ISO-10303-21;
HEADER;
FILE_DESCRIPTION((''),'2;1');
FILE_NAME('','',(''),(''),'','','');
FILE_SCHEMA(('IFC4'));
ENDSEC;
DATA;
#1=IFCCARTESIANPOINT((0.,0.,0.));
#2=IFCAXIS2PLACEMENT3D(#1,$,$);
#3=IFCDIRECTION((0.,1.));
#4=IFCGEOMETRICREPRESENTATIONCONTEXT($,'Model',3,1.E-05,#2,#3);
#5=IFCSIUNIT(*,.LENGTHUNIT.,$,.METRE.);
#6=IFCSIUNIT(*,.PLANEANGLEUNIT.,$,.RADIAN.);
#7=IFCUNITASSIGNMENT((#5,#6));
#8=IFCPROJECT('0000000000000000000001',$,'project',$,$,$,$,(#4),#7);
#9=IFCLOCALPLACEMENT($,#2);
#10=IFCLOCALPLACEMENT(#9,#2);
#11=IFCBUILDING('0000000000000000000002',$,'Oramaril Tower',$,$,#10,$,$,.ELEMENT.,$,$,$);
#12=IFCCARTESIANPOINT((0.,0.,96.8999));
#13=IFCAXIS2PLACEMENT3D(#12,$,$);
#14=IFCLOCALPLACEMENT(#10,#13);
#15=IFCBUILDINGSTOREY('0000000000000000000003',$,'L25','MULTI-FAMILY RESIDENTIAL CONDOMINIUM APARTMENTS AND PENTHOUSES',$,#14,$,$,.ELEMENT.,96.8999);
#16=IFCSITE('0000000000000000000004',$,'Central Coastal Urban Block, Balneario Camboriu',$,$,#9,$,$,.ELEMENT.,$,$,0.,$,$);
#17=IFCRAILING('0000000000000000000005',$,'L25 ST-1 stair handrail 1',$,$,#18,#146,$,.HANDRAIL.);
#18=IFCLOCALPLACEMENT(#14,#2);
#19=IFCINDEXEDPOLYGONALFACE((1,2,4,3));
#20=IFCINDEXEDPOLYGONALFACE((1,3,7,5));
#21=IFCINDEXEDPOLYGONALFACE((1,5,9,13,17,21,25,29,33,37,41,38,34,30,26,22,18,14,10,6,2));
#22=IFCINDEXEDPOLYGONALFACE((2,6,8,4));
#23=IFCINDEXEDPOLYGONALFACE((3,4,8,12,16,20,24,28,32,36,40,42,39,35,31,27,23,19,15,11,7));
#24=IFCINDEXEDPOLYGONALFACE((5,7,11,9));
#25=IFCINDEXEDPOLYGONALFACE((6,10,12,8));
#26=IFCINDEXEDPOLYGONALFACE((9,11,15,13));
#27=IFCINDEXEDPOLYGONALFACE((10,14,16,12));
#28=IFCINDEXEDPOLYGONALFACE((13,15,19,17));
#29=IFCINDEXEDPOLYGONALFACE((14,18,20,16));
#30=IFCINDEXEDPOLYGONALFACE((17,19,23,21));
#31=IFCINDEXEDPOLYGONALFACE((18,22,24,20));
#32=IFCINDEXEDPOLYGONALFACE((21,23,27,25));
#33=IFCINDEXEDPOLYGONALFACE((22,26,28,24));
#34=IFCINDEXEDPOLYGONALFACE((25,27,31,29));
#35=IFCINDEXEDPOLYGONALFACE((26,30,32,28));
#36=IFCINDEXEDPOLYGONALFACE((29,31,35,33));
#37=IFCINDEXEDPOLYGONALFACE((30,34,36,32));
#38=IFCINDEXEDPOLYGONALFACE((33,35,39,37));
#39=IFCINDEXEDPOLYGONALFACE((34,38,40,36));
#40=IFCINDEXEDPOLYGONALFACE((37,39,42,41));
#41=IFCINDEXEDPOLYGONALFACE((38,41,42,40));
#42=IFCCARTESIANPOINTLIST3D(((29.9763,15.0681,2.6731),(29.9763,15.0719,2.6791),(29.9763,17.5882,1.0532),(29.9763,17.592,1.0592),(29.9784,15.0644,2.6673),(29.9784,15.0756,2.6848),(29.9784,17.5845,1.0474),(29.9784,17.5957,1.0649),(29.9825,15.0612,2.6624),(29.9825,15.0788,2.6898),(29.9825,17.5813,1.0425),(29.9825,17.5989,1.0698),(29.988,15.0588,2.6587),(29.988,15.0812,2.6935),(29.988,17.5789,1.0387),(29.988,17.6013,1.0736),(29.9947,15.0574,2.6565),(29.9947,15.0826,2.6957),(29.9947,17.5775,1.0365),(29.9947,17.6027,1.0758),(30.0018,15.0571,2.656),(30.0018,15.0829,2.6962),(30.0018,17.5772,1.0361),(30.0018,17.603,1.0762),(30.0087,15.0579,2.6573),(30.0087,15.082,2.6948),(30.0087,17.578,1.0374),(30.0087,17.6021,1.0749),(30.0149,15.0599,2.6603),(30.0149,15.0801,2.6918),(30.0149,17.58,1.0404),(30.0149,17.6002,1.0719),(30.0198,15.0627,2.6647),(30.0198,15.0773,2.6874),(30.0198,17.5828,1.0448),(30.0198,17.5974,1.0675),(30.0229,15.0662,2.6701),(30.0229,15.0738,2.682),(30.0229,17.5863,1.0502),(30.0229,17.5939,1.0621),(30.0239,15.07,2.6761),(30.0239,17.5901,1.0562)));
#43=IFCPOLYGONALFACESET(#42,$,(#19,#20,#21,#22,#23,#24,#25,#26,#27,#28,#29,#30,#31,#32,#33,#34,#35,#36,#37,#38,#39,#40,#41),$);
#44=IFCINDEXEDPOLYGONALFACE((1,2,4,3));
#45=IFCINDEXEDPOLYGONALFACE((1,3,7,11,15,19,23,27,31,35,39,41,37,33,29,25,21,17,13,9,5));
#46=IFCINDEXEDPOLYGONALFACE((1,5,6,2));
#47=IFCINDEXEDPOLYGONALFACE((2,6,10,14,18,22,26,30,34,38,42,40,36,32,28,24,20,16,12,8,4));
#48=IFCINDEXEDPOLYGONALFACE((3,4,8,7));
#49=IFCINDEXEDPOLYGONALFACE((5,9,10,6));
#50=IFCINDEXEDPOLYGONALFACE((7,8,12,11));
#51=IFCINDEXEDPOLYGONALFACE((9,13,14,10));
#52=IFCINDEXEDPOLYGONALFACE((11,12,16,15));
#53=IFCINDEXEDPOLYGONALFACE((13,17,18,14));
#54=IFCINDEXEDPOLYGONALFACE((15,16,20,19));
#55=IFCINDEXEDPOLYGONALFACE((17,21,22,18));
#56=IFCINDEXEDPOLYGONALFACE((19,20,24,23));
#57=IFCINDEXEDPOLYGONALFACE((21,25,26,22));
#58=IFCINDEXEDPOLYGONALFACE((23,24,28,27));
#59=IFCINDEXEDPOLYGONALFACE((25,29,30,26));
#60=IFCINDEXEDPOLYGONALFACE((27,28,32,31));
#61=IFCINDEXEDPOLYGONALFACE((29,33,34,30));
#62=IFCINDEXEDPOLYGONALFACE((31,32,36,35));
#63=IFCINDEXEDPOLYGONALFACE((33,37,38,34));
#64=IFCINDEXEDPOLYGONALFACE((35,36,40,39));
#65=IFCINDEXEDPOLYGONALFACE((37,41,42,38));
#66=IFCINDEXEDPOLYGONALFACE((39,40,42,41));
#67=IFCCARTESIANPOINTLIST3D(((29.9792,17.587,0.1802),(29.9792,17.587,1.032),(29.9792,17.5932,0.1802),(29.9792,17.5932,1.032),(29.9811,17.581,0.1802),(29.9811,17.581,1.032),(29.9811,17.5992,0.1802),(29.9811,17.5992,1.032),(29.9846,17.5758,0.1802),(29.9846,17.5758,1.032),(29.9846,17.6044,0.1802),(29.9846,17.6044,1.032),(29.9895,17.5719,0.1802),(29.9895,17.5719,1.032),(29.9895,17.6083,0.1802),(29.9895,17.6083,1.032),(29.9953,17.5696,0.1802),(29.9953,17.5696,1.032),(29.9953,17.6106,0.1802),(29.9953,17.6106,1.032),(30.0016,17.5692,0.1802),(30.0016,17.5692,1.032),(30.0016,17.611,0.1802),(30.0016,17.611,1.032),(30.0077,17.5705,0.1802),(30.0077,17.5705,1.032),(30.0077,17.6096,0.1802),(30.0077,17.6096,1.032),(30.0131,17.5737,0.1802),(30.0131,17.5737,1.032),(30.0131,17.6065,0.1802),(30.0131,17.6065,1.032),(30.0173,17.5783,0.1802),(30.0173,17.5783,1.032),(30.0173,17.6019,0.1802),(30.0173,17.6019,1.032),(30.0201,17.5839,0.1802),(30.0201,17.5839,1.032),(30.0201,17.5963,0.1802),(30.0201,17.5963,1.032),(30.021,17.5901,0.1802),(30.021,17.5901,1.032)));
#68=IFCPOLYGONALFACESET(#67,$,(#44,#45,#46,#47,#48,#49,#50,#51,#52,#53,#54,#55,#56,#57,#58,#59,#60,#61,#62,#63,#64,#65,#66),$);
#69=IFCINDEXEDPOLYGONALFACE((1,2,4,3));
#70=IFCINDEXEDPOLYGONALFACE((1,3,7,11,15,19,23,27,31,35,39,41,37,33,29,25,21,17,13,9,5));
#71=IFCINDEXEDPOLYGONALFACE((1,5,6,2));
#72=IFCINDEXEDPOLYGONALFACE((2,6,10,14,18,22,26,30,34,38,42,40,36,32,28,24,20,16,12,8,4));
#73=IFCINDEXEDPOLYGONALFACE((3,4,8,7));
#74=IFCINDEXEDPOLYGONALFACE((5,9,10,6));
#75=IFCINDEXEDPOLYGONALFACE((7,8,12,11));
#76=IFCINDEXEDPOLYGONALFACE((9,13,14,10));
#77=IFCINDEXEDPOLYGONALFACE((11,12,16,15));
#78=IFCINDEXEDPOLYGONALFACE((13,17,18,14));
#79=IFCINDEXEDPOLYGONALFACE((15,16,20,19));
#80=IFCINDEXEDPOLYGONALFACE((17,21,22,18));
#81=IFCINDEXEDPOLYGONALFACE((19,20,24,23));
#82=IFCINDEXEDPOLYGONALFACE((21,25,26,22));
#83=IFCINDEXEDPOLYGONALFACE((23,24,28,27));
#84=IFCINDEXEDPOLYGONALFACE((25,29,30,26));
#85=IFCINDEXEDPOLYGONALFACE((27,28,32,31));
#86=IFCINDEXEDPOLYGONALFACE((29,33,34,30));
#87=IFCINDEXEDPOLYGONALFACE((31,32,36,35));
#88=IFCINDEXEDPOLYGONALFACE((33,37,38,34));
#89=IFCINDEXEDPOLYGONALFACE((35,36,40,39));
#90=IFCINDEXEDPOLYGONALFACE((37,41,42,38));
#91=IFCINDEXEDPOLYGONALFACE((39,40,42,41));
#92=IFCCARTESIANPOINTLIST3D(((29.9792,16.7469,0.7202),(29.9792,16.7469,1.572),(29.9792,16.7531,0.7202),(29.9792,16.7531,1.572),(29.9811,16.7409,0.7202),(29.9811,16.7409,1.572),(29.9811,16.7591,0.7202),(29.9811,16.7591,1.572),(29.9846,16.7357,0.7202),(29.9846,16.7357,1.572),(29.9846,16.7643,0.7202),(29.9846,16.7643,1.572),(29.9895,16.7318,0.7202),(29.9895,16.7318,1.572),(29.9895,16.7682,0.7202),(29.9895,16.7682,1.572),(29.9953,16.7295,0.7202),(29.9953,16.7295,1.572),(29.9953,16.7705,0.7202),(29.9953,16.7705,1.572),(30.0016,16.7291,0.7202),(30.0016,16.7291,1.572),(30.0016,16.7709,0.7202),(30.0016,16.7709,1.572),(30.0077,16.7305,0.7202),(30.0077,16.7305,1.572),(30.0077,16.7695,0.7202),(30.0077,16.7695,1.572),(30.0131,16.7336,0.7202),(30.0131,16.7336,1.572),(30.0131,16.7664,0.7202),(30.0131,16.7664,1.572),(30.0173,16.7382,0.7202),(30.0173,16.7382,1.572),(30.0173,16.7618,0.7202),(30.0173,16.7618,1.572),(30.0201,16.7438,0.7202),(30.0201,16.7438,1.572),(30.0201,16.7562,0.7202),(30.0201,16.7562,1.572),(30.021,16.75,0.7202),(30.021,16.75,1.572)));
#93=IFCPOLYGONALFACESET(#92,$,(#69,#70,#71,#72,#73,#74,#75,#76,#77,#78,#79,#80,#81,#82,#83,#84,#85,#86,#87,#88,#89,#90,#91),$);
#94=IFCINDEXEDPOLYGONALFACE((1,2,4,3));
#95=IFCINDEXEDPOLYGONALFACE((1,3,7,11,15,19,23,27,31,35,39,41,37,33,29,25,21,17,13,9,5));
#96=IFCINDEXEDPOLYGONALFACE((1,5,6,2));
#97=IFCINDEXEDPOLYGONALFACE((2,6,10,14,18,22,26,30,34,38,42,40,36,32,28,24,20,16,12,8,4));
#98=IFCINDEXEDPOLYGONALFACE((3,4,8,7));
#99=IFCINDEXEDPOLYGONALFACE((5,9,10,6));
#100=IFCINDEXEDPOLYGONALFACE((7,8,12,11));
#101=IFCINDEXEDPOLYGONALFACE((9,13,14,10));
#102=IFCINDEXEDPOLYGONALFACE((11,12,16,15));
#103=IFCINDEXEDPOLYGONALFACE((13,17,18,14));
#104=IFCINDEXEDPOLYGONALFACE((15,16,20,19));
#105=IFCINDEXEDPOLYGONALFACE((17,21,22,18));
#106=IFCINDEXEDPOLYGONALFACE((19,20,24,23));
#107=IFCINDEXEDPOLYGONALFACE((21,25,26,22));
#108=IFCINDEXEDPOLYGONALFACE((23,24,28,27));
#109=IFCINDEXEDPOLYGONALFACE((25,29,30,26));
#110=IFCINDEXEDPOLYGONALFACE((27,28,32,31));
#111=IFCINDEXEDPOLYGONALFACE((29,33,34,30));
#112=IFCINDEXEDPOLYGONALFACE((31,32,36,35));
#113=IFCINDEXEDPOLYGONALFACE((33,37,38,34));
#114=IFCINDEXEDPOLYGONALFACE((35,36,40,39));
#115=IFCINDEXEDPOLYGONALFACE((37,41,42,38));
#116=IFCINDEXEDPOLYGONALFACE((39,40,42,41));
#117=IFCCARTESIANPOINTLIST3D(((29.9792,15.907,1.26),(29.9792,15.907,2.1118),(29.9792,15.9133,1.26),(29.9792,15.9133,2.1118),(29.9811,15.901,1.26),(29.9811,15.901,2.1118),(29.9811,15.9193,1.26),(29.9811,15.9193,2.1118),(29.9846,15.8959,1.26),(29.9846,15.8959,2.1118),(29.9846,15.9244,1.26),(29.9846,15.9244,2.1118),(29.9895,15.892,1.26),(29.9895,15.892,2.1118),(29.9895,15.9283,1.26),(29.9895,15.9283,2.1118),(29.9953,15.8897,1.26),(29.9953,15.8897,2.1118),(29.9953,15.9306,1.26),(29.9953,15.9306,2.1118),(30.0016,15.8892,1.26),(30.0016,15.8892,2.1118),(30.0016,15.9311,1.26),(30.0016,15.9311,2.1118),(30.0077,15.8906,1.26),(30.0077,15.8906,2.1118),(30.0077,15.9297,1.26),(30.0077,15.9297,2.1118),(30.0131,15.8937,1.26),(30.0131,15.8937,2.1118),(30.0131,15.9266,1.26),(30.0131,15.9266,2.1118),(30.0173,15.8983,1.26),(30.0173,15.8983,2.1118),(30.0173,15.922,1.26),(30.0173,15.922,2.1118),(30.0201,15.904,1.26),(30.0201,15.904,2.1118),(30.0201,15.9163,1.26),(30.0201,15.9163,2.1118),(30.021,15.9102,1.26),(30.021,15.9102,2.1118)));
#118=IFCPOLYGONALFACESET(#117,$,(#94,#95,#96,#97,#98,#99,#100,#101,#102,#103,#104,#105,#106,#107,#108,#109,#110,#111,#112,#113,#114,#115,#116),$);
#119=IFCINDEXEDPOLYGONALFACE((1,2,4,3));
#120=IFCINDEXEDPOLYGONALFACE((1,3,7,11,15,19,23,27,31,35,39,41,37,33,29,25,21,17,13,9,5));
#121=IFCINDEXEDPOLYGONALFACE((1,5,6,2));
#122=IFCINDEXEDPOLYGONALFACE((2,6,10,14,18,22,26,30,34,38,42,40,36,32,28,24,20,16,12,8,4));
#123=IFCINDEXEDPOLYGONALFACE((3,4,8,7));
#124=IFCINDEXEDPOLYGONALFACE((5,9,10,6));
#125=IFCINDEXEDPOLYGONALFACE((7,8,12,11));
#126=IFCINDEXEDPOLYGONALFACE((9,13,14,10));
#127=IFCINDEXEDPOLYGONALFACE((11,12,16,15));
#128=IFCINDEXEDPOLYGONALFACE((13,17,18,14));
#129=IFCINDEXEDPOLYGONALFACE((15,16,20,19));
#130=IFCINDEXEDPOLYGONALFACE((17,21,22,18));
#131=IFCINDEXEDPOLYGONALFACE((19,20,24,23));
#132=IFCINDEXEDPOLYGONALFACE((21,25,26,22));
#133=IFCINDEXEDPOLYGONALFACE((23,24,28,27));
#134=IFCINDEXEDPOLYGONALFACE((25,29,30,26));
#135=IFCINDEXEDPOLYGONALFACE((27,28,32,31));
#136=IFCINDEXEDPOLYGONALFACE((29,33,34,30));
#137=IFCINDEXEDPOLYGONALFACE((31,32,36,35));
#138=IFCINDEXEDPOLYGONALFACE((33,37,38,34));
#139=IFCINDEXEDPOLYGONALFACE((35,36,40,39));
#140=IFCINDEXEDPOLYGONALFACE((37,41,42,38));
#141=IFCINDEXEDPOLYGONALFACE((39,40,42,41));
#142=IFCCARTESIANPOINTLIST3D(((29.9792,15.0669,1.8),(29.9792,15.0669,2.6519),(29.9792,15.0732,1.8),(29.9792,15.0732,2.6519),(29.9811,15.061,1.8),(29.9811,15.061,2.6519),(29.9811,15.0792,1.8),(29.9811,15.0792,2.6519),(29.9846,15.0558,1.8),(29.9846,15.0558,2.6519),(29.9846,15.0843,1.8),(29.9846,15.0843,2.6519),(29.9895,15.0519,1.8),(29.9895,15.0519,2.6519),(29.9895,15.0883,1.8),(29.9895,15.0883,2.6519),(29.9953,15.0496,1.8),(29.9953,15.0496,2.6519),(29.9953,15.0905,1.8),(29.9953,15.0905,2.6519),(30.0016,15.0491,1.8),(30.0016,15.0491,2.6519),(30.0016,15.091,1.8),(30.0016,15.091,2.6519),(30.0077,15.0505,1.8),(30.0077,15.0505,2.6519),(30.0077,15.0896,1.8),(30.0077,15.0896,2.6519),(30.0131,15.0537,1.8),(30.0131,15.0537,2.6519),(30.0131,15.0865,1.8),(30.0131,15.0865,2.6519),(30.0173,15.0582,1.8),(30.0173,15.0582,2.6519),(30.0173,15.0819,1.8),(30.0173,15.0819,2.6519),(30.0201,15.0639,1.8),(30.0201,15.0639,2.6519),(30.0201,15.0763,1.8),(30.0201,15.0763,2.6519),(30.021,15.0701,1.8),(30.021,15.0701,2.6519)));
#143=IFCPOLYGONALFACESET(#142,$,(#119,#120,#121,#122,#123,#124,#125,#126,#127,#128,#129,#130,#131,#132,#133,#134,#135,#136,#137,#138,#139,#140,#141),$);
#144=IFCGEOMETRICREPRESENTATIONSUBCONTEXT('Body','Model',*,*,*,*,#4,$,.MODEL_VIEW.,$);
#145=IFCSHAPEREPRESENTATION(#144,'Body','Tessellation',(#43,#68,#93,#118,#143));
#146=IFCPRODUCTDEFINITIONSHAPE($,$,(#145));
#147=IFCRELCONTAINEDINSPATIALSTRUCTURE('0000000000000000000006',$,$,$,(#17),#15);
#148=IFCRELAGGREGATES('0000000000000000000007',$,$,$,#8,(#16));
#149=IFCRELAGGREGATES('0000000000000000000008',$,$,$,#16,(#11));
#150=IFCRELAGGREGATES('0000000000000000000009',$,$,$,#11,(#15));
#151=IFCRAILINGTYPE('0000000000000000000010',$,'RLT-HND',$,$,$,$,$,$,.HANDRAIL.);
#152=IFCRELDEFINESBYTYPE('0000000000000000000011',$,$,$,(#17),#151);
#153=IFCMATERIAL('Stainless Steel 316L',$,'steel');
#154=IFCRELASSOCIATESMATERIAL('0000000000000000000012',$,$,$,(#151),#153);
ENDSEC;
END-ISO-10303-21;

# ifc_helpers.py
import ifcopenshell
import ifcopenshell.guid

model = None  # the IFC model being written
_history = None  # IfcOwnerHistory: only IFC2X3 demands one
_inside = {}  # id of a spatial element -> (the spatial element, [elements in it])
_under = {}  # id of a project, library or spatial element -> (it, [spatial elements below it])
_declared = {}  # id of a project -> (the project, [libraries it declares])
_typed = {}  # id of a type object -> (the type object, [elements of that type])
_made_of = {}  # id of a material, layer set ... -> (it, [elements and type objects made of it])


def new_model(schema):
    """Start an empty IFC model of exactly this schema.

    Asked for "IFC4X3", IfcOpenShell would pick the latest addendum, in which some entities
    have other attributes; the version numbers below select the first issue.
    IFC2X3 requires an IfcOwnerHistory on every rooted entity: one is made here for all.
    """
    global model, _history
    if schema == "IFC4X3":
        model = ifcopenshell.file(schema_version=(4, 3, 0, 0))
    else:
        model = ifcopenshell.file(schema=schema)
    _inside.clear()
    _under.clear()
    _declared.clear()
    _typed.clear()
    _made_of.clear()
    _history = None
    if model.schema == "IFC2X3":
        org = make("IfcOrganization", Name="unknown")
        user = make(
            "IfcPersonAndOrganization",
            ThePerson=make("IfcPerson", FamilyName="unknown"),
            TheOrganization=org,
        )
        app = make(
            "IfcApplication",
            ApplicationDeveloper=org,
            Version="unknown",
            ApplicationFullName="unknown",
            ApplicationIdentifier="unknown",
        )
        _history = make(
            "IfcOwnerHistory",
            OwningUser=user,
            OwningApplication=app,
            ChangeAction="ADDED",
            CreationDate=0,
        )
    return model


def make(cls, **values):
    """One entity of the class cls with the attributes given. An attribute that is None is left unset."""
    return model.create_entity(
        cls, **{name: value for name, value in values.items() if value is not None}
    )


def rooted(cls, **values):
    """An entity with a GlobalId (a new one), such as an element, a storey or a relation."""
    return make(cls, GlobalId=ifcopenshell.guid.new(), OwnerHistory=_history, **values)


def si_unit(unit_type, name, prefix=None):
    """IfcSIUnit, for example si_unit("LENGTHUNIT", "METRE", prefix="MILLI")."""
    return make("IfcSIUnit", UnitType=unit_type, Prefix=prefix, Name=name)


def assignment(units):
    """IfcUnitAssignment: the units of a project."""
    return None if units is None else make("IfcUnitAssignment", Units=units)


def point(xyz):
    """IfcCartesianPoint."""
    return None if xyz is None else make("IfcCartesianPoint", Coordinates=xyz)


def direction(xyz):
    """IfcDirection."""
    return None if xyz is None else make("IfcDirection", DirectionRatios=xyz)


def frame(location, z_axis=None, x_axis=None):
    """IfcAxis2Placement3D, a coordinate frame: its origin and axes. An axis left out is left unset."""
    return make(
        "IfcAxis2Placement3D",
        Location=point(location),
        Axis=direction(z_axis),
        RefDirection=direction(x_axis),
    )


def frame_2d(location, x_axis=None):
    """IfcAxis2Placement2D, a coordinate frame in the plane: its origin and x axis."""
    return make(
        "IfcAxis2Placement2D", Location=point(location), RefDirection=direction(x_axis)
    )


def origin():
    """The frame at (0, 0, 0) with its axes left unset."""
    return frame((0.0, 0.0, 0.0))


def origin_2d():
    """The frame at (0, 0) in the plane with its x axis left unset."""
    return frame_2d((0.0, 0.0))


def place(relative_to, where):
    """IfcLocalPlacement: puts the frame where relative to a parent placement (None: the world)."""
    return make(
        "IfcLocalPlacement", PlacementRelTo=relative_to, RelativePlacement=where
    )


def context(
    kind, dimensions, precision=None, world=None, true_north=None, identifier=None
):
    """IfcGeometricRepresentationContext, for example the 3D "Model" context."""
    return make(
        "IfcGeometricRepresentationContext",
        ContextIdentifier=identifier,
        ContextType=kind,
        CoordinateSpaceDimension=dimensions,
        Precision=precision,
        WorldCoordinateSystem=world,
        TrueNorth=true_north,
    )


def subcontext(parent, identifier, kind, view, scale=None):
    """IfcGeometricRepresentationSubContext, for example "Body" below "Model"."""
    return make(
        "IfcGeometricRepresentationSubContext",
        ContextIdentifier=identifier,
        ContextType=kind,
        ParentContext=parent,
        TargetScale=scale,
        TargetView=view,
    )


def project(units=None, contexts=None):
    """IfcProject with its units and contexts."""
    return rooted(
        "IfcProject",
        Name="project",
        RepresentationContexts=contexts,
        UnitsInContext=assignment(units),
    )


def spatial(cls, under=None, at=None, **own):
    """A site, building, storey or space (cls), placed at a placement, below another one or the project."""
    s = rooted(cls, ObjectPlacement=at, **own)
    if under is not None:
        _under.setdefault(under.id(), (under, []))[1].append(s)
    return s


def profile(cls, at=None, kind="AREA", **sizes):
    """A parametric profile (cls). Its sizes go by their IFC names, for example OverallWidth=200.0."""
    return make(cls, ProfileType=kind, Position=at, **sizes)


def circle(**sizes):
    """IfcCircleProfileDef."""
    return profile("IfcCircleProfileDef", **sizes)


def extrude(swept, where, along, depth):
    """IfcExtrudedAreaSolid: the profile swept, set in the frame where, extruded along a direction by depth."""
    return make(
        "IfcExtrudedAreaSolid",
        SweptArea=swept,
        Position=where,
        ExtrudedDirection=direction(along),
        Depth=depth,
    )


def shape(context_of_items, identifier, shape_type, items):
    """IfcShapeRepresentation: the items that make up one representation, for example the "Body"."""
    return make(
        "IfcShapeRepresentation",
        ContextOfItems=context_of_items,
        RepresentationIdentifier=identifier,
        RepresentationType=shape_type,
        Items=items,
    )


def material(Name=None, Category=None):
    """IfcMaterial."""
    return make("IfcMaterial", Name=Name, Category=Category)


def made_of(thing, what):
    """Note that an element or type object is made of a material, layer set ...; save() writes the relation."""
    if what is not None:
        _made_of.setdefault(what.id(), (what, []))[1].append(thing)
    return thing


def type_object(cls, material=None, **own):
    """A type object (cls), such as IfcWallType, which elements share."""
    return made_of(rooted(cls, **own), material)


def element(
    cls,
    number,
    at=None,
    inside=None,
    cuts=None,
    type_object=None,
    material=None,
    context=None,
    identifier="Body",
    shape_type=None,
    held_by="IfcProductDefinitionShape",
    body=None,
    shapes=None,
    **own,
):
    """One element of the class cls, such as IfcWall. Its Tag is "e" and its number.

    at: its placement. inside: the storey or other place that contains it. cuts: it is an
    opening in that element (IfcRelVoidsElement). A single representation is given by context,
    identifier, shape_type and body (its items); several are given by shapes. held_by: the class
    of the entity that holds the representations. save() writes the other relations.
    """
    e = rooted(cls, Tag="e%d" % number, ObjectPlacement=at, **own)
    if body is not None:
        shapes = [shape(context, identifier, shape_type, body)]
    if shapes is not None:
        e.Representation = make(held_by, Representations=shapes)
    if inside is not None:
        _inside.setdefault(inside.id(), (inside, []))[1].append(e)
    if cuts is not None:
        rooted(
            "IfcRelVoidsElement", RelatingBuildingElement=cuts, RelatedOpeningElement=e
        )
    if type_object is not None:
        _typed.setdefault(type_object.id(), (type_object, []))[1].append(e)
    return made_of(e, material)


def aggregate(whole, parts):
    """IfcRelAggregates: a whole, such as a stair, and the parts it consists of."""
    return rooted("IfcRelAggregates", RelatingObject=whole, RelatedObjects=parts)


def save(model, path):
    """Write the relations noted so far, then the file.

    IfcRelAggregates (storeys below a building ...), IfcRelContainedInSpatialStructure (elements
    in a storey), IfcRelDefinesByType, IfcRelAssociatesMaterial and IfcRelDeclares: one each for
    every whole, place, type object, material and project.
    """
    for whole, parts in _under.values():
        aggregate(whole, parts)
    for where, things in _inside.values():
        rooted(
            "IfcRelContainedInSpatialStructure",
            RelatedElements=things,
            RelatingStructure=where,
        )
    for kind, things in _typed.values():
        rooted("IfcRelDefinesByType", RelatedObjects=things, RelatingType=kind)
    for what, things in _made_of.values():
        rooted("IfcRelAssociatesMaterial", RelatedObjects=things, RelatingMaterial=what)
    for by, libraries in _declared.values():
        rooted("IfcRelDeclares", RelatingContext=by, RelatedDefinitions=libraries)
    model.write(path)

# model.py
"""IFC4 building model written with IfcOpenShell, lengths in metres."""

from ifc_helpers import new_model, si_unit, direction, frame, origin, origin_2d, place, context, subcontext, project, spatial, circle, extrude, material, type_object, element, save


model = new_model("IFC4")

# Units and contexts
model_context = context("Model", 3, precision=1e-05, world=origin(), true_north=direction((0.0, 1.0)))
body_context = subcontext(model_context, "Body", "Model", "MODEL_VIEW")
ifc_project = project(units=[si_unit("LENGTHUNIT", "METRE"), si_unit("PLANEANGLEUNIT", "RADIAN")], contexts=[model_context])

# Site, building, storey
site_placement = place(None, origin())
site = spatial("IfcSite", under=ifc_project, at=site_placement, Name="Central Coastal Urban Block, Balneario Camboriu", CompositionType="ELEMENT", RefElevation=0.0)
building_placement = place(site_placement, origin())
building = spatial("IfcBuilding", under=site, at=building_placement, Name="Oramaril Tower", CompositionType="ELEMENT")
storey_placement = place(building_placement, frame((0.0, 0.0, 96.8999)))
storey = spatial("IfcBuildingStorey", under=building, at=storey_placement, Name="L25", Description="MULTI-FAMILY RESIDENTIAL CONDOMINIUM APARTMENTS AND PENTHOUSES", CompositionType="ELEMENT", Elevation=96.8999)

# Railing
ifc_material_1 = material(Name="Stainless Steel 316L", Category="steel")
railing_type_1 = type_object("IfcRailingType", Name="RLT-HND", PredefinedType="HANDRAIL", material=ifc_material_1)
railing_1_placement = place(storey_placement, frame((30.0, 17.5901, 0.1802)))
element("IfcRailing", 1, at=railing_1_placement, inside=storey, type_object=railing_type_1, Name="L25 ST-1 stair handrail 1", PredefinedType="HANDRAIL", context=body_context, shape_type="SweptSolid", body=[
    extrude(circle(Radius=0.0239, at=origin_2d()), frame((0.0, 0.0, 0.876), z_axis=(0.0, -0.8412, 0.540725), x_axis=(1.0, 0.0, 0.0)), (0.0, 0.0, 1.0), 2.9958),
    extrude(circle(Radius=0.021, at=origin_2d()), origin(), (0.0, 0.0, 1.0), 0.8518),
    extrude(circle(Radius=0.021, at=origin_2d()), frame((0.0, -0.8401, 0.54)), (0.0, 0.0, 1.0), 0.8518),
    extrude(circle(Radius=0.021, at=origin_2d()), frame((0.0, -1.6799, 1.0798)), (0.0, 0.0, 1.0), 0.8518),
    extrude(circle(Radius=0.021, at=origin_2d()), frame((0.0, -2.52, 1.6199)), (0.0, 0.0, 1.0), 0.8518),
])

save(model, "model.ifc")
